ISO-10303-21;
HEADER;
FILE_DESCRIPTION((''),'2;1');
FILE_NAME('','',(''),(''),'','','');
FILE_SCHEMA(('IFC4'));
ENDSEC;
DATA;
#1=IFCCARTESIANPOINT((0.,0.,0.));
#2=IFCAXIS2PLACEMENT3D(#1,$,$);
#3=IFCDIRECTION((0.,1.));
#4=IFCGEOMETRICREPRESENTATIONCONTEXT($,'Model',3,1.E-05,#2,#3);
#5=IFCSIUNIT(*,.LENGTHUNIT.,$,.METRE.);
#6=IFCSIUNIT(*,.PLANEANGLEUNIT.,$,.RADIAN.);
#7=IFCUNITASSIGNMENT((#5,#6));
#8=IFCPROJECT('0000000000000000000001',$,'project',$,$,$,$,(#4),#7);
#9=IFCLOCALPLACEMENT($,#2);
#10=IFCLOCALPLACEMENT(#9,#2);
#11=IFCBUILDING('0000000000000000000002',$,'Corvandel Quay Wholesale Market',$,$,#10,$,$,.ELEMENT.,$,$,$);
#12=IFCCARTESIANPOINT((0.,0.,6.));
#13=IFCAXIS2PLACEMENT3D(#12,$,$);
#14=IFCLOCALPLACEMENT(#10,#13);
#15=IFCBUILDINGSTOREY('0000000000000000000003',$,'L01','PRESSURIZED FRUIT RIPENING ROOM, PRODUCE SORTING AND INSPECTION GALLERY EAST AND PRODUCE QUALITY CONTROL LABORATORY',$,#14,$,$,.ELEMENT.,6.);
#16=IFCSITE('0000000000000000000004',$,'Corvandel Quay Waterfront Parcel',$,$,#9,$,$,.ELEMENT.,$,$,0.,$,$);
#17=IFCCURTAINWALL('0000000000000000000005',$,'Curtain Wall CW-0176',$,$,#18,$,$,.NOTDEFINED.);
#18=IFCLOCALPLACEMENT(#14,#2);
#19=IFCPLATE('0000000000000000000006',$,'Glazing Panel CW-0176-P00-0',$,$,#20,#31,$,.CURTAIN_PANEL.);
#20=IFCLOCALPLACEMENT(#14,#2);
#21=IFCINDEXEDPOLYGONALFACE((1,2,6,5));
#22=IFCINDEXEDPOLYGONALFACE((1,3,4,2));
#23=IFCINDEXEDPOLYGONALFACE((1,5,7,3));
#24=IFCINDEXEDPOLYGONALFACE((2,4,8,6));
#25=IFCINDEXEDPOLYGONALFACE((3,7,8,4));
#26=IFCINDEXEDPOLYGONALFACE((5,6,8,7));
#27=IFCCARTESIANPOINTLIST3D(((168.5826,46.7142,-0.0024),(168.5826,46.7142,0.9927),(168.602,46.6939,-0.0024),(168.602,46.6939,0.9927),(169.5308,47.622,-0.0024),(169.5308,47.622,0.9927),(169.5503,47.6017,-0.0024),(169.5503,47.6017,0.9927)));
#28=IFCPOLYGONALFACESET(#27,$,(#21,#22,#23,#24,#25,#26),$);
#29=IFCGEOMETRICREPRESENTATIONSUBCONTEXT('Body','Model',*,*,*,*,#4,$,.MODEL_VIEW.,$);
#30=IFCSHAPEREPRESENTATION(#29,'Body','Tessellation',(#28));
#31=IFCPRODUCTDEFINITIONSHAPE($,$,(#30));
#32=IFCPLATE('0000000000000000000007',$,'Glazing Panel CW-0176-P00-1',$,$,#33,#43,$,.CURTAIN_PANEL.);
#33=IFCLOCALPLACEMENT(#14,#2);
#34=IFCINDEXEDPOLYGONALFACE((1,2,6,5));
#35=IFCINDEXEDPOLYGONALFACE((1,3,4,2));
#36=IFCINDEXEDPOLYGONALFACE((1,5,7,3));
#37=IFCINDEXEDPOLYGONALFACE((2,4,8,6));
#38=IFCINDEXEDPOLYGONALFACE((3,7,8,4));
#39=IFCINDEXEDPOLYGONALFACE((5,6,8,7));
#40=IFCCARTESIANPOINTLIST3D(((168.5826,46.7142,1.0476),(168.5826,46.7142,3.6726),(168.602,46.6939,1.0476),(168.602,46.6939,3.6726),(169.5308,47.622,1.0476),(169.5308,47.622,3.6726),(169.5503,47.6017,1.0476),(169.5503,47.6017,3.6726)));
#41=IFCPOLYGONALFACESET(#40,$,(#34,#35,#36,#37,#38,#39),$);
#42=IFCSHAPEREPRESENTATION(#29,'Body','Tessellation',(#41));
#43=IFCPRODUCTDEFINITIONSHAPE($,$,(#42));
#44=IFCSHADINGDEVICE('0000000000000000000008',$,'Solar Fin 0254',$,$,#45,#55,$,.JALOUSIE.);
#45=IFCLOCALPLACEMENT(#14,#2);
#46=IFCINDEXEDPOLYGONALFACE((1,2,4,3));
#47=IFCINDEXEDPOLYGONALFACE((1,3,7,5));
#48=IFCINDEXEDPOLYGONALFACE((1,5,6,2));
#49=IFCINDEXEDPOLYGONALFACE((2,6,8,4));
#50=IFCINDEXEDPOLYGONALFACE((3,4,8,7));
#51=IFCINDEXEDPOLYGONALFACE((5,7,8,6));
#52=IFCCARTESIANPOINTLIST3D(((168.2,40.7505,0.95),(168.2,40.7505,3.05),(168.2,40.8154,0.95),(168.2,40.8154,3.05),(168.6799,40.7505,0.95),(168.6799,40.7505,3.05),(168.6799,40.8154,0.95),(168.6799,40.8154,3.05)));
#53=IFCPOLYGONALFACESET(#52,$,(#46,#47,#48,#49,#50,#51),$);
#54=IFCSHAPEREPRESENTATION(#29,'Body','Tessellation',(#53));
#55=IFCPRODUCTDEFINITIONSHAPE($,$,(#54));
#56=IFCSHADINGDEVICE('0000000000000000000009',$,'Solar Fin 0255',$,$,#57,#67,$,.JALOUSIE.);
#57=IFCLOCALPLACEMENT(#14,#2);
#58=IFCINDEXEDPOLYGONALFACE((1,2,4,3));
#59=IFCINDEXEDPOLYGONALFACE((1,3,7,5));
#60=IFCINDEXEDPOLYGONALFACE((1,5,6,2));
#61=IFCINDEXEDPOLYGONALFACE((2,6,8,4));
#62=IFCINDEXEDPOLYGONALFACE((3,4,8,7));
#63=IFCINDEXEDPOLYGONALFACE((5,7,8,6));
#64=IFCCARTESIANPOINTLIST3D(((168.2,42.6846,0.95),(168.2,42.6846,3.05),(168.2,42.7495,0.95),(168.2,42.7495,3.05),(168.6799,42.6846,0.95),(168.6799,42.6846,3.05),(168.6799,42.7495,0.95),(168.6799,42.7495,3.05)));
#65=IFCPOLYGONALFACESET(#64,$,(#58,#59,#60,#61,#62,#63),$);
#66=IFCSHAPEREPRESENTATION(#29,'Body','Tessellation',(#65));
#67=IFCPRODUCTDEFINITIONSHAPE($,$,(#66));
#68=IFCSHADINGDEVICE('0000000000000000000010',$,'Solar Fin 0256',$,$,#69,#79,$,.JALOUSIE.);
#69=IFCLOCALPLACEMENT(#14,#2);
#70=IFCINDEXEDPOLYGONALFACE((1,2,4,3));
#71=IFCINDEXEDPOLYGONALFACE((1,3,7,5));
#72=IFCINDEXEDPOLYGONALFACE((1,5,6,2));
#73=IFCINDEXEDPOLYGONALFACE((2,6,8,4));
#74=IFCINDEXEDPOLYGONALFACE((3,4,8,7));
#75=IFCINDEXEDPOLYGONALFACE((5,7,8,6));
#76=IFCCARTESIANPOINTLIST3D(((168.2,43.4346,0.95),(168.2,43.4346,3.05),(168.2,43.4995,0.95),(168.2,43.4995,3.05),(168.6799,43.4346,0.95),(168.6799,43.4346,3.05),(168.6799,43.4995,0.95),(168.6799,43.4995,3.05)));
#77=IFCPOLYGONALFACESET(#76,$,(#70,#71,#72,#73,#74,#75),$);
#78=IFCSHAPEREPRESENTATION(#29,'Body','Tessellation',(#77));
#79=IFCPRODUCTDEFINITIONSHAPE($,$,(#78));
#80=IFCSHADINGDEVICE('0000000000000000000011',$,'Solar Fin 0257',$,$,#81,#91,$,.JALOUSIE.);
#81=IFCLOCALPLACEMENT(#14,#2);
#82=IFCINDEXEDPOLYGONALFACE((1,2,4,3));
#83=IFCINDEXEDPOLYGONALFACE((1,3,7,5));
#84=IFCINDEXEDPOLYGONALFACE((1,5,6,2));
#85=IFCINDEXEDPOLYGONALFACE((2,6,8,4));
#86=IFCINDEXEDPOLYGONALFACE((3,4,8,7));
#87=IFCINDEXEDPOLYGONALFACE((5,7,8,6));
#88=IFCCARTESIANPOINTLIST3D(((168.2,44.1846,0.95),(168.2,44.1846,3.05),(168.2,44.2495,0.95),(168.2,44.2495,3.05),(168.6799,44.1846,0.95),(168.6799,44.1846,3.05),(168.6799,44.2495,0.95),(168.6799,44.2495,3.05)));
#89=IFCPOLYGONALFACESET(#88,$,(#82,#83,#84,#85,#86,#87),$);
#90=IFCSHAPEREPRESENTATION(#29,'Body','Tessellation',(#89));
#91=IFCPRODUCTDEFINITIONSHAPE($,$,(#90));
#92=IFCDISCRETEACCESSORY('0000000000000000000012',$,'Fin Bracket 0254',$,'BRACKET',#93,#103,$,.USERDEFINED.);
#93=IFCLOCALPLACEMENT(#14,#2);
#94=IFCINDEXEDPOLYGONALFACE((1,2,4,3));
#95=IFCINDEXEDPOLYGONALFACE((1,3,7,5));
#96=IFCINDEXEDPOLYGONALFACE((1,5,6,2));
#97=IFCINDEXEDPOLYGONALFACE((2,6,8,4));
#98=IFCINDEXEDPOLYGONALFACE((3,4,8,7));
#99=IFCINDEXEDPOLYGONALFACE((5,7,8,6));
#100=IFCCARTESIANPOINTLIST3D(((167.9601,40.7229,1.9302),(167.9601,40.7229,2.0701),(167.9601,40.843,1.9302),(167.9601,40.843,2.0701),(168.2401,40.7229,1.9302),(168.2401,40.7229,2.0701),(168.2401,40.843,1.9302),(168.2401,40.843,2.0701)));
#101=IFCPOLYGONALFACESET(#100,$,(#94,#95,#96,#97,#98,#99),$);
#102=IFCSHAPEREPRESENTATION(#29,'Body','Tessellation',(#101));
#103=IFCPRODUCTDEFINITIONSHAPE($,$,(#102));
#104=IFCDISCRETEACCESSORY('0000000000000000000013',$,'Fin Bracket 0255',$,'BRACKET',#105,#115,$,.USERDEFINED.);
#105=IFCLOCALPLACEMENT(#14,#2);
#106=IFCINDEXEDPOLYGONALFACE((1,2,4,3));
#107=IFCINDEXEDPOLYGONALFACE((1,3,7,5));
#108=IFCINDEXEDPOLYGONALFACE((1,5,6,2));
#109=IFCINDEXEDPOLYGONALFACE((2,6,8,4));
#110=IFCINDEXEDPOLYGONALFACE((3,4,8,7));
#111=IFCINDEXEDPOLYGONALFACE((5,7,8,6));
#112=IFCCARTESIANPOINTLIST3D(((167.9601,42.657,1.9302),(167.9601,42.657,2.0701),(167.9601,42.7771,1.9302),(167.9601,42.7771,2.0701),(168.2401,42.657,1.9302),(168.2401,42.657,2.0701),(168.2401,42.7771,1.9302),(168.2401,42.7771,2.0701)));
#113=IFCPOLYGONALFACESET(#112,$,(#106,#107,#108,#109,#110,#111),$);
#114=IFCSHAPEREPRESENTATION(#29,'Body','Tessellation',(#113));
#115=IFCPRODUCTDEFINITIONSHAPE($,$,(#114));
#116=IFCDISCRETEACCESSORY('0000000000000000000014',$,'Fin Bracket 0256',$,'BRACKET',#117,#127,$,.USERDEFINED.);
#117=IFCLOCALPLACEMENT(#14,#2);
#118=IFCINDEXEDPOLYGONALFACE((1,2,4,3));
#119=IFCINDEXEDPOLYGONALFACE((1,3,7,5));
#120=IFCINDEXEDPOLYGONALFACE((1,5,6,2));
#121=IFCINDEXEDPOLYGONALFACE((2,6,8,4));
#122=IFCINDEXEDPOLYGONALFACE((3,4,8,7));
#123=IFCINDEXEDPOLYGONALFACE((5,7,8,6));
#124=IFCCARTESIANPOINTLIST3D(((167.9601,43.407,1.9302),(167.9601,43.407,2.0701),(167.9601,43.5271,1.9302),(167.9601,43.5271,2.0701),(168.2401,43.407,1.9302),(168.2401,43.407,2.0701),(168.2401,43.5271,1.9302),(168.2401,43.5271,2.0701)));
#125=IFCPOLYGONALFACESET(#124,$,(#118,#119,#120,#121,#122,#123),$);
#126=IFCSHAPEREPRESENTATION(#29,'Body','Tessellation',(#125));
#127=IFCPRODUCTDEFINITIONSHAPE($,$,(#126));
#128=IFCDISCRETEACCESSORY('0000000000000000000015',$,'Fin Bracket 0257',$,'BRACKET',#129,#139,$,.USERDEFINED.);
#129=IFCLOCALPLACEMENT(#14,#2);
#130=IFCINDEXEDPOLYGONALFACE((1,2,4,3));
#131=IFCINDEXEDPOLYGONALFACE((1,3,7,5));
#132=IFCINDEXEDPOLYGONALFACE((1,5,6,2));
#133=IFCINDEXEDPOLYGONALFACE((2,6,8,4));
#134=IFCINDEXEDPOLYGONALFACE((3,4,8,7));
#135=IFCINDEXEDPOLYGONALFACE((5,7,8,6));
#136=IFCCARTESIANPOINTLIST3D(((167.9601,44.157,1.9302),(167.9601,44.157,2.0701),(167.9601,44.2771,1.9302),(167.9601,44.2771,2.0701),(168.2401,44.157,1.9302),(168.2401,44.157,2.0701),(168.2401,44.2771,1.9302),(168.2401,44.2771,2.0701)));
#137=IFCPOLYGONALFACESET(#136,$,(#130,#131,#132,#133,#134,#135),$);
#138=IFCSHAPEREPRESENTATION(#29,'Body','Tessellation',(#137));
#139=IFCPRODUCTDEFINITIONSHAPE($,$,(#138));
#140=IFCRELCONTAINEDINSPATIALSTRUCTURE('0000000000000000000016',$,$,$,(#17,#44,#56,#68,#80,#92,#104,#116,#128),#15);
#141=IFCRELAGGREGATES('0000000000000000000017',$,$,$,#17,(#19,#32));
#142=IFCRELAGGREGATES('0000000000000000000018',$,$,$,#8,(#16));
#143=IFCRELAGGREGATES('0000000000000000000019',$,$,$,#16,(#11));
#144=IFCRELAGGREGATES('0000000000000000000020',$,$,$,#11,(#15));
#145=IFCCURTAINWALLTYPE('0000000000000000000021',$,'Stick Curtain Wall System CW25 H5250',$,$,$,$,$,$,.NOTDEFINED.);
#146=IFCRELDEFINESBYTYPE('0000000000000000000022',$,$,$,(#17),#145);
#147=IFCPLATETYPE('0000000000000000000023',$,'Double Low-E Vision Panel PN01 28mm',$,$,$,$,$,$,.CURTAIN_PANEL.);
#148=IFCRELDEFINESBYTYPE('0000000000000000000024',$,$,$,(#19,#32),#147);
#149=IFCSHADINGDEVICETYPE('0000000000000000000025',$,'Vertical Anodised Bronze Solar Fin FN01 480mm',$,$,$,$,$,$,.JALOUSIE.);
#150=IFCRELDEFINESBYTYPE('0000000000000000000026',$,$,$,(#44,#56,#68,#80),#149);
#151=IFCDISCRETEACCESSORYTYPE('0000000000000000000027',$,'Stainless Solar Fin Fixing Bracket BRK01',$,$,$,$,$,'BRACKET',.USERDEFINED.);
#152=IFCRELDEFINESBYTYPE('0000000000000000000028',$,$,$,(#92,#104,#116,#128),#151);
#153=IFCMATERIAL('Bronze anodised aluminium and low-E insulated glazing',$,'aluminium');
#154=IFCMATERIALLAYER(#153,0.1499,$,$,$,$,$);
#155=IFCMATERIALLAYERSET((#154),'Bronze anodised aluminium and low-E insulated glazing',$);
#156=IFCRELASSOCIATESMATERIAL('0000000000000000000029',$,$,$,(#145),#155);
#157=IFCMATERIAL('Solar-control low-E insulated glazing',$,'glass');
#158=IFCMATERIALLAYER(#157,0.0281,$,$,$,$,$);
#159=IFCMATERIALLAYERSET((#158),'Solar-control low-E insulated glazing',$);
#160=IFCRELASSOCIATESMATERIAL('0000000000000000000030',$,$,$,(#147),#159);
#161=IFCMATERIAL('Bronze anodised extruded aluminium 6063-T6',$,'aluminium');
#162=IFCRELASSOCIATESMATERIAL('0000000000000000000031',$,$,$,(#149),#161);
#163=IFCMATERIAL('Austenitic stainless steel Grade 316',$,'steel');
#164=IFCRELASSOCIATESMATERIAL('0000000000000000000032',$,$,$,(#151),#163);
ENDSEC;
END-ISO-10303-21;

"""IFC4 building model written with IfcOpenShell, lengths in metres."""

from ifc_helpers import new_model, si_unit, direction, frame, origin, origin_2d, place, context, subcontext, project, spatial, rectangle, extrude, material, layer, layer_set, type_object, element, aggregate, save


model = new_model("IFC4")

# Units and contexts
model_context = context("Model", 3, precision=1e-05, world=origin(), true_north=direction((0.0, 1.0)))
body_context = subcontext(model_context, "Body", "Model", "MODEL_VIEW")
ifc_project = project(units=[si_unit("LENGTHUNIT", "METRE"), si_unit("PLANEANGLEUNIT", "RADIAN")], contexts=[model_context])

# Site, building, storey
site_placement = place(None, origin())
site = spatial("IfcSite", under=ifc_project, at=site_placement, Name="Corvandel Quay Waterfront Parcel", CompositionType="ELEMENT", RefElevation=0.0)
building_placement = place(site_placement, origin())
building = spatial("IfcBuilding", under=site, at=building_placement, Name="Corvandel Quay Wholesale Market", CompositionType="ELEMENT")
storey_placement = place(building_placement, frame((0.0, 0.0, 6.0)))
storey = spatial("IfcBuildingStorey", under=building, at=storey_placement, Name="L01", Description="PRESSURIZED FRUIT RIPENING ROOM, PRODUCE SORTING AND INSPECTION GALLERY EAST AND PRODUCE QUALITY CONTROL LABORATORY", CompositionType="ELEMENT", Elevation=6.0)

# Curtain wall
ifc_material_1 = material(Name="Bronze anodised aluminium and low-E insulated glazing", Category="aluminium")
ifc_layer_1 = layer(ifc_material_1, 0.1499)
ifc_layer_set_1 = layer_set([ifc_layer_1], Name="Bronze anodised aluminium and low-E insulated glazing")
curtain_wall_type = type_object("IfcCurtainWallType", Name="Stick Curtain Wall System CW25 H5250", PredefinedType="NOTDEFINED", material=ifc_layer_set_1)
curtain_wall_placement = place(storey_placement, origin())
curtain_wall = element("IfcCurtainWall", 1, at=curtain_wall_placement, inside=storey, type_object=curtain_wall_type, Name="Curtain Wall CW-0176", PredefinedType="NOTDEFINED")

# Plates
ifc_material_2 = material(Name="Solar-control low-E insulated glazing", Category="glass")
ifc_layer_2 = layer(ifc_material_2, 0.0281)
ifc_layer_set_2 = layer_set([ifc_layer_2], Name="Solar-control low-E insulated glazing")
plate_type_1 = type_object("IfcPlateType", Name="Double Low-E Vision Panel PN01 28mm", PredefinedType="CURTAIN_PANEL", material=ifc_layer_set_2)
plate_1_placement = place(storey_placement, frame((169.0664, 47.158, -0.0024), z_axis=(0.0, 0.0, 1.0), x_axis=(0.722364, 0.691513, 0.0)))
plate_1 = element("IfcPlate", 2, at=plate_1_placement, type_object=plate_type_1, Name="Glazing Panel CW-0176-P00-0", PredefinedType="CURTAIN_PANEL", context=body_context, shape_type="SweptSolid", body=[
    extrude(rectangle(XDim=1.3127, YDim=0.0281, at=origin_2d()), origin(), (0.0, 0.0, 1.0), 0.9951),
])
plate_2_placement = place(storey_placement, frame((169.0664, 47.158, 1.0476), z_axis=(0.0, 0.0, 1.0), x_axis=(0.722364, 0.691513, 0.0)))
plate_2 = element("IfcPlate", 3, at=plate_2_placement, type_object=plate_type_1, Name="Glazing Panel CW-0176-P00-1", PredefinedType="CURTAIN_PANEL", context=body_context, shape_type="SweptSolid", body=[
    extrude(rectangle(XDim=1.3127, YDim=0.0281, at=origin_2d()), origin(), (0.0, 0.0, 1.0), 2.625),
])
aggregate(curtain_wall, [plate_1, plate_2])

# Shading devices
ifc_material_3 = material(Name="Bronze anodised extruded aluminium 6063-T6", Category="aluminium")
shading_device_type = type_object("IfcShadingDeviceType", Name="Vertical Anodised Bronze Solar Fin FN01 480mm", PredefinedType="JALOUSIE", material=ifc_material_3)
for number, where, z_axis, x_axis, name in (
    (4, (168.4399, 40.783, 0.95), (0.0, 0.0, 1.0), (1.0, 0.0, 0.0), "Solar Fin 0254"),
    (5, (168.4399, 42.717, 0.95), (0.0, 0.0, 1.0), (1.0, 0.0, 0.0), "Solar Fin 0255"),
    (6, (168.4399, 43.467, 0.95), (0.0, 0.0, 1.0), (1.0, 0.0, 0.0), "Solar Fin 0256"),
    (7, (168.4399, 44.217, 0.95), (0.0, 0.0, 1.0), (1.0, 0.0, 0.0), "Solar Fin 0257"),
):
    element("IfcShadingDevice", number, at=place(storey_placement, frame(where, z_axis=z_axis, x_axis=x_axis)), inside=storey, type_object=shading_device_type, Name=name, PredefinedType="JALOUSIE", context=body_context, shape_type="SweptSolid", body=[
        extrude(rectangle(XDim=0.48, YDim=0.0649, at=origin_2d()), origin(), (0.0, 0.0, 1.0), 2.1001),
    ])

# Discrete accessories
ifc_material_4 = material(Name="Austenitic stainless steel Grade 316", Category="steel")
discrete_accessory_type = type_object("IfcDiscreteAccessoryType", Name="Stainless Solar Fin Fixing Bracket BRK01", ElementType="BRACKET", PredefinedType="USERDEFINED", material=ifc_material_4)
for number, where, z_axis, x_axis, name in (
    (8, (168.1001, 40.783, 1.9302), (0.0, 0.0, 1.0), (1.0, 0.0, 0.0), "Fin Bracket 0254"),
    (9, (168.1001, 42.717, 1.9302), (0.0, 0.0, 1.0), (1.0, 0.0, 0.0), "Fin Bracket 0255"),
    (10, (168.1001, 43.467, 1.9302), (0.0, 0.0, 1.0), (1.0, 0.0, 0.0), "Fin Bracket 0256"),
    (11, (168.1001, 44.217, 1.9302), (0.0, 0.0, 1.0), (1.0, 0.0, 0.0), "Fin Bracket 0257"),
):
    element("IfcDiscreteAccessory", number, at=place(storey_placement, frame(where, z_axis=z_axis, x_axis=x_axis)), inside=storey, type_object=discrete_accessory_type, Name=name, ObjectType="BRACKET", PredefinedType="USERDEFINED", context=body_context, shape_type="SweptSolid", body=[
        extrude(rectangle(XDim=0.28, YDim=0.1201, at=origin_2d()), origin(), (0.0, 0.0, 1.0), 0.1399),
    ])

save(model, "model.ifc")
